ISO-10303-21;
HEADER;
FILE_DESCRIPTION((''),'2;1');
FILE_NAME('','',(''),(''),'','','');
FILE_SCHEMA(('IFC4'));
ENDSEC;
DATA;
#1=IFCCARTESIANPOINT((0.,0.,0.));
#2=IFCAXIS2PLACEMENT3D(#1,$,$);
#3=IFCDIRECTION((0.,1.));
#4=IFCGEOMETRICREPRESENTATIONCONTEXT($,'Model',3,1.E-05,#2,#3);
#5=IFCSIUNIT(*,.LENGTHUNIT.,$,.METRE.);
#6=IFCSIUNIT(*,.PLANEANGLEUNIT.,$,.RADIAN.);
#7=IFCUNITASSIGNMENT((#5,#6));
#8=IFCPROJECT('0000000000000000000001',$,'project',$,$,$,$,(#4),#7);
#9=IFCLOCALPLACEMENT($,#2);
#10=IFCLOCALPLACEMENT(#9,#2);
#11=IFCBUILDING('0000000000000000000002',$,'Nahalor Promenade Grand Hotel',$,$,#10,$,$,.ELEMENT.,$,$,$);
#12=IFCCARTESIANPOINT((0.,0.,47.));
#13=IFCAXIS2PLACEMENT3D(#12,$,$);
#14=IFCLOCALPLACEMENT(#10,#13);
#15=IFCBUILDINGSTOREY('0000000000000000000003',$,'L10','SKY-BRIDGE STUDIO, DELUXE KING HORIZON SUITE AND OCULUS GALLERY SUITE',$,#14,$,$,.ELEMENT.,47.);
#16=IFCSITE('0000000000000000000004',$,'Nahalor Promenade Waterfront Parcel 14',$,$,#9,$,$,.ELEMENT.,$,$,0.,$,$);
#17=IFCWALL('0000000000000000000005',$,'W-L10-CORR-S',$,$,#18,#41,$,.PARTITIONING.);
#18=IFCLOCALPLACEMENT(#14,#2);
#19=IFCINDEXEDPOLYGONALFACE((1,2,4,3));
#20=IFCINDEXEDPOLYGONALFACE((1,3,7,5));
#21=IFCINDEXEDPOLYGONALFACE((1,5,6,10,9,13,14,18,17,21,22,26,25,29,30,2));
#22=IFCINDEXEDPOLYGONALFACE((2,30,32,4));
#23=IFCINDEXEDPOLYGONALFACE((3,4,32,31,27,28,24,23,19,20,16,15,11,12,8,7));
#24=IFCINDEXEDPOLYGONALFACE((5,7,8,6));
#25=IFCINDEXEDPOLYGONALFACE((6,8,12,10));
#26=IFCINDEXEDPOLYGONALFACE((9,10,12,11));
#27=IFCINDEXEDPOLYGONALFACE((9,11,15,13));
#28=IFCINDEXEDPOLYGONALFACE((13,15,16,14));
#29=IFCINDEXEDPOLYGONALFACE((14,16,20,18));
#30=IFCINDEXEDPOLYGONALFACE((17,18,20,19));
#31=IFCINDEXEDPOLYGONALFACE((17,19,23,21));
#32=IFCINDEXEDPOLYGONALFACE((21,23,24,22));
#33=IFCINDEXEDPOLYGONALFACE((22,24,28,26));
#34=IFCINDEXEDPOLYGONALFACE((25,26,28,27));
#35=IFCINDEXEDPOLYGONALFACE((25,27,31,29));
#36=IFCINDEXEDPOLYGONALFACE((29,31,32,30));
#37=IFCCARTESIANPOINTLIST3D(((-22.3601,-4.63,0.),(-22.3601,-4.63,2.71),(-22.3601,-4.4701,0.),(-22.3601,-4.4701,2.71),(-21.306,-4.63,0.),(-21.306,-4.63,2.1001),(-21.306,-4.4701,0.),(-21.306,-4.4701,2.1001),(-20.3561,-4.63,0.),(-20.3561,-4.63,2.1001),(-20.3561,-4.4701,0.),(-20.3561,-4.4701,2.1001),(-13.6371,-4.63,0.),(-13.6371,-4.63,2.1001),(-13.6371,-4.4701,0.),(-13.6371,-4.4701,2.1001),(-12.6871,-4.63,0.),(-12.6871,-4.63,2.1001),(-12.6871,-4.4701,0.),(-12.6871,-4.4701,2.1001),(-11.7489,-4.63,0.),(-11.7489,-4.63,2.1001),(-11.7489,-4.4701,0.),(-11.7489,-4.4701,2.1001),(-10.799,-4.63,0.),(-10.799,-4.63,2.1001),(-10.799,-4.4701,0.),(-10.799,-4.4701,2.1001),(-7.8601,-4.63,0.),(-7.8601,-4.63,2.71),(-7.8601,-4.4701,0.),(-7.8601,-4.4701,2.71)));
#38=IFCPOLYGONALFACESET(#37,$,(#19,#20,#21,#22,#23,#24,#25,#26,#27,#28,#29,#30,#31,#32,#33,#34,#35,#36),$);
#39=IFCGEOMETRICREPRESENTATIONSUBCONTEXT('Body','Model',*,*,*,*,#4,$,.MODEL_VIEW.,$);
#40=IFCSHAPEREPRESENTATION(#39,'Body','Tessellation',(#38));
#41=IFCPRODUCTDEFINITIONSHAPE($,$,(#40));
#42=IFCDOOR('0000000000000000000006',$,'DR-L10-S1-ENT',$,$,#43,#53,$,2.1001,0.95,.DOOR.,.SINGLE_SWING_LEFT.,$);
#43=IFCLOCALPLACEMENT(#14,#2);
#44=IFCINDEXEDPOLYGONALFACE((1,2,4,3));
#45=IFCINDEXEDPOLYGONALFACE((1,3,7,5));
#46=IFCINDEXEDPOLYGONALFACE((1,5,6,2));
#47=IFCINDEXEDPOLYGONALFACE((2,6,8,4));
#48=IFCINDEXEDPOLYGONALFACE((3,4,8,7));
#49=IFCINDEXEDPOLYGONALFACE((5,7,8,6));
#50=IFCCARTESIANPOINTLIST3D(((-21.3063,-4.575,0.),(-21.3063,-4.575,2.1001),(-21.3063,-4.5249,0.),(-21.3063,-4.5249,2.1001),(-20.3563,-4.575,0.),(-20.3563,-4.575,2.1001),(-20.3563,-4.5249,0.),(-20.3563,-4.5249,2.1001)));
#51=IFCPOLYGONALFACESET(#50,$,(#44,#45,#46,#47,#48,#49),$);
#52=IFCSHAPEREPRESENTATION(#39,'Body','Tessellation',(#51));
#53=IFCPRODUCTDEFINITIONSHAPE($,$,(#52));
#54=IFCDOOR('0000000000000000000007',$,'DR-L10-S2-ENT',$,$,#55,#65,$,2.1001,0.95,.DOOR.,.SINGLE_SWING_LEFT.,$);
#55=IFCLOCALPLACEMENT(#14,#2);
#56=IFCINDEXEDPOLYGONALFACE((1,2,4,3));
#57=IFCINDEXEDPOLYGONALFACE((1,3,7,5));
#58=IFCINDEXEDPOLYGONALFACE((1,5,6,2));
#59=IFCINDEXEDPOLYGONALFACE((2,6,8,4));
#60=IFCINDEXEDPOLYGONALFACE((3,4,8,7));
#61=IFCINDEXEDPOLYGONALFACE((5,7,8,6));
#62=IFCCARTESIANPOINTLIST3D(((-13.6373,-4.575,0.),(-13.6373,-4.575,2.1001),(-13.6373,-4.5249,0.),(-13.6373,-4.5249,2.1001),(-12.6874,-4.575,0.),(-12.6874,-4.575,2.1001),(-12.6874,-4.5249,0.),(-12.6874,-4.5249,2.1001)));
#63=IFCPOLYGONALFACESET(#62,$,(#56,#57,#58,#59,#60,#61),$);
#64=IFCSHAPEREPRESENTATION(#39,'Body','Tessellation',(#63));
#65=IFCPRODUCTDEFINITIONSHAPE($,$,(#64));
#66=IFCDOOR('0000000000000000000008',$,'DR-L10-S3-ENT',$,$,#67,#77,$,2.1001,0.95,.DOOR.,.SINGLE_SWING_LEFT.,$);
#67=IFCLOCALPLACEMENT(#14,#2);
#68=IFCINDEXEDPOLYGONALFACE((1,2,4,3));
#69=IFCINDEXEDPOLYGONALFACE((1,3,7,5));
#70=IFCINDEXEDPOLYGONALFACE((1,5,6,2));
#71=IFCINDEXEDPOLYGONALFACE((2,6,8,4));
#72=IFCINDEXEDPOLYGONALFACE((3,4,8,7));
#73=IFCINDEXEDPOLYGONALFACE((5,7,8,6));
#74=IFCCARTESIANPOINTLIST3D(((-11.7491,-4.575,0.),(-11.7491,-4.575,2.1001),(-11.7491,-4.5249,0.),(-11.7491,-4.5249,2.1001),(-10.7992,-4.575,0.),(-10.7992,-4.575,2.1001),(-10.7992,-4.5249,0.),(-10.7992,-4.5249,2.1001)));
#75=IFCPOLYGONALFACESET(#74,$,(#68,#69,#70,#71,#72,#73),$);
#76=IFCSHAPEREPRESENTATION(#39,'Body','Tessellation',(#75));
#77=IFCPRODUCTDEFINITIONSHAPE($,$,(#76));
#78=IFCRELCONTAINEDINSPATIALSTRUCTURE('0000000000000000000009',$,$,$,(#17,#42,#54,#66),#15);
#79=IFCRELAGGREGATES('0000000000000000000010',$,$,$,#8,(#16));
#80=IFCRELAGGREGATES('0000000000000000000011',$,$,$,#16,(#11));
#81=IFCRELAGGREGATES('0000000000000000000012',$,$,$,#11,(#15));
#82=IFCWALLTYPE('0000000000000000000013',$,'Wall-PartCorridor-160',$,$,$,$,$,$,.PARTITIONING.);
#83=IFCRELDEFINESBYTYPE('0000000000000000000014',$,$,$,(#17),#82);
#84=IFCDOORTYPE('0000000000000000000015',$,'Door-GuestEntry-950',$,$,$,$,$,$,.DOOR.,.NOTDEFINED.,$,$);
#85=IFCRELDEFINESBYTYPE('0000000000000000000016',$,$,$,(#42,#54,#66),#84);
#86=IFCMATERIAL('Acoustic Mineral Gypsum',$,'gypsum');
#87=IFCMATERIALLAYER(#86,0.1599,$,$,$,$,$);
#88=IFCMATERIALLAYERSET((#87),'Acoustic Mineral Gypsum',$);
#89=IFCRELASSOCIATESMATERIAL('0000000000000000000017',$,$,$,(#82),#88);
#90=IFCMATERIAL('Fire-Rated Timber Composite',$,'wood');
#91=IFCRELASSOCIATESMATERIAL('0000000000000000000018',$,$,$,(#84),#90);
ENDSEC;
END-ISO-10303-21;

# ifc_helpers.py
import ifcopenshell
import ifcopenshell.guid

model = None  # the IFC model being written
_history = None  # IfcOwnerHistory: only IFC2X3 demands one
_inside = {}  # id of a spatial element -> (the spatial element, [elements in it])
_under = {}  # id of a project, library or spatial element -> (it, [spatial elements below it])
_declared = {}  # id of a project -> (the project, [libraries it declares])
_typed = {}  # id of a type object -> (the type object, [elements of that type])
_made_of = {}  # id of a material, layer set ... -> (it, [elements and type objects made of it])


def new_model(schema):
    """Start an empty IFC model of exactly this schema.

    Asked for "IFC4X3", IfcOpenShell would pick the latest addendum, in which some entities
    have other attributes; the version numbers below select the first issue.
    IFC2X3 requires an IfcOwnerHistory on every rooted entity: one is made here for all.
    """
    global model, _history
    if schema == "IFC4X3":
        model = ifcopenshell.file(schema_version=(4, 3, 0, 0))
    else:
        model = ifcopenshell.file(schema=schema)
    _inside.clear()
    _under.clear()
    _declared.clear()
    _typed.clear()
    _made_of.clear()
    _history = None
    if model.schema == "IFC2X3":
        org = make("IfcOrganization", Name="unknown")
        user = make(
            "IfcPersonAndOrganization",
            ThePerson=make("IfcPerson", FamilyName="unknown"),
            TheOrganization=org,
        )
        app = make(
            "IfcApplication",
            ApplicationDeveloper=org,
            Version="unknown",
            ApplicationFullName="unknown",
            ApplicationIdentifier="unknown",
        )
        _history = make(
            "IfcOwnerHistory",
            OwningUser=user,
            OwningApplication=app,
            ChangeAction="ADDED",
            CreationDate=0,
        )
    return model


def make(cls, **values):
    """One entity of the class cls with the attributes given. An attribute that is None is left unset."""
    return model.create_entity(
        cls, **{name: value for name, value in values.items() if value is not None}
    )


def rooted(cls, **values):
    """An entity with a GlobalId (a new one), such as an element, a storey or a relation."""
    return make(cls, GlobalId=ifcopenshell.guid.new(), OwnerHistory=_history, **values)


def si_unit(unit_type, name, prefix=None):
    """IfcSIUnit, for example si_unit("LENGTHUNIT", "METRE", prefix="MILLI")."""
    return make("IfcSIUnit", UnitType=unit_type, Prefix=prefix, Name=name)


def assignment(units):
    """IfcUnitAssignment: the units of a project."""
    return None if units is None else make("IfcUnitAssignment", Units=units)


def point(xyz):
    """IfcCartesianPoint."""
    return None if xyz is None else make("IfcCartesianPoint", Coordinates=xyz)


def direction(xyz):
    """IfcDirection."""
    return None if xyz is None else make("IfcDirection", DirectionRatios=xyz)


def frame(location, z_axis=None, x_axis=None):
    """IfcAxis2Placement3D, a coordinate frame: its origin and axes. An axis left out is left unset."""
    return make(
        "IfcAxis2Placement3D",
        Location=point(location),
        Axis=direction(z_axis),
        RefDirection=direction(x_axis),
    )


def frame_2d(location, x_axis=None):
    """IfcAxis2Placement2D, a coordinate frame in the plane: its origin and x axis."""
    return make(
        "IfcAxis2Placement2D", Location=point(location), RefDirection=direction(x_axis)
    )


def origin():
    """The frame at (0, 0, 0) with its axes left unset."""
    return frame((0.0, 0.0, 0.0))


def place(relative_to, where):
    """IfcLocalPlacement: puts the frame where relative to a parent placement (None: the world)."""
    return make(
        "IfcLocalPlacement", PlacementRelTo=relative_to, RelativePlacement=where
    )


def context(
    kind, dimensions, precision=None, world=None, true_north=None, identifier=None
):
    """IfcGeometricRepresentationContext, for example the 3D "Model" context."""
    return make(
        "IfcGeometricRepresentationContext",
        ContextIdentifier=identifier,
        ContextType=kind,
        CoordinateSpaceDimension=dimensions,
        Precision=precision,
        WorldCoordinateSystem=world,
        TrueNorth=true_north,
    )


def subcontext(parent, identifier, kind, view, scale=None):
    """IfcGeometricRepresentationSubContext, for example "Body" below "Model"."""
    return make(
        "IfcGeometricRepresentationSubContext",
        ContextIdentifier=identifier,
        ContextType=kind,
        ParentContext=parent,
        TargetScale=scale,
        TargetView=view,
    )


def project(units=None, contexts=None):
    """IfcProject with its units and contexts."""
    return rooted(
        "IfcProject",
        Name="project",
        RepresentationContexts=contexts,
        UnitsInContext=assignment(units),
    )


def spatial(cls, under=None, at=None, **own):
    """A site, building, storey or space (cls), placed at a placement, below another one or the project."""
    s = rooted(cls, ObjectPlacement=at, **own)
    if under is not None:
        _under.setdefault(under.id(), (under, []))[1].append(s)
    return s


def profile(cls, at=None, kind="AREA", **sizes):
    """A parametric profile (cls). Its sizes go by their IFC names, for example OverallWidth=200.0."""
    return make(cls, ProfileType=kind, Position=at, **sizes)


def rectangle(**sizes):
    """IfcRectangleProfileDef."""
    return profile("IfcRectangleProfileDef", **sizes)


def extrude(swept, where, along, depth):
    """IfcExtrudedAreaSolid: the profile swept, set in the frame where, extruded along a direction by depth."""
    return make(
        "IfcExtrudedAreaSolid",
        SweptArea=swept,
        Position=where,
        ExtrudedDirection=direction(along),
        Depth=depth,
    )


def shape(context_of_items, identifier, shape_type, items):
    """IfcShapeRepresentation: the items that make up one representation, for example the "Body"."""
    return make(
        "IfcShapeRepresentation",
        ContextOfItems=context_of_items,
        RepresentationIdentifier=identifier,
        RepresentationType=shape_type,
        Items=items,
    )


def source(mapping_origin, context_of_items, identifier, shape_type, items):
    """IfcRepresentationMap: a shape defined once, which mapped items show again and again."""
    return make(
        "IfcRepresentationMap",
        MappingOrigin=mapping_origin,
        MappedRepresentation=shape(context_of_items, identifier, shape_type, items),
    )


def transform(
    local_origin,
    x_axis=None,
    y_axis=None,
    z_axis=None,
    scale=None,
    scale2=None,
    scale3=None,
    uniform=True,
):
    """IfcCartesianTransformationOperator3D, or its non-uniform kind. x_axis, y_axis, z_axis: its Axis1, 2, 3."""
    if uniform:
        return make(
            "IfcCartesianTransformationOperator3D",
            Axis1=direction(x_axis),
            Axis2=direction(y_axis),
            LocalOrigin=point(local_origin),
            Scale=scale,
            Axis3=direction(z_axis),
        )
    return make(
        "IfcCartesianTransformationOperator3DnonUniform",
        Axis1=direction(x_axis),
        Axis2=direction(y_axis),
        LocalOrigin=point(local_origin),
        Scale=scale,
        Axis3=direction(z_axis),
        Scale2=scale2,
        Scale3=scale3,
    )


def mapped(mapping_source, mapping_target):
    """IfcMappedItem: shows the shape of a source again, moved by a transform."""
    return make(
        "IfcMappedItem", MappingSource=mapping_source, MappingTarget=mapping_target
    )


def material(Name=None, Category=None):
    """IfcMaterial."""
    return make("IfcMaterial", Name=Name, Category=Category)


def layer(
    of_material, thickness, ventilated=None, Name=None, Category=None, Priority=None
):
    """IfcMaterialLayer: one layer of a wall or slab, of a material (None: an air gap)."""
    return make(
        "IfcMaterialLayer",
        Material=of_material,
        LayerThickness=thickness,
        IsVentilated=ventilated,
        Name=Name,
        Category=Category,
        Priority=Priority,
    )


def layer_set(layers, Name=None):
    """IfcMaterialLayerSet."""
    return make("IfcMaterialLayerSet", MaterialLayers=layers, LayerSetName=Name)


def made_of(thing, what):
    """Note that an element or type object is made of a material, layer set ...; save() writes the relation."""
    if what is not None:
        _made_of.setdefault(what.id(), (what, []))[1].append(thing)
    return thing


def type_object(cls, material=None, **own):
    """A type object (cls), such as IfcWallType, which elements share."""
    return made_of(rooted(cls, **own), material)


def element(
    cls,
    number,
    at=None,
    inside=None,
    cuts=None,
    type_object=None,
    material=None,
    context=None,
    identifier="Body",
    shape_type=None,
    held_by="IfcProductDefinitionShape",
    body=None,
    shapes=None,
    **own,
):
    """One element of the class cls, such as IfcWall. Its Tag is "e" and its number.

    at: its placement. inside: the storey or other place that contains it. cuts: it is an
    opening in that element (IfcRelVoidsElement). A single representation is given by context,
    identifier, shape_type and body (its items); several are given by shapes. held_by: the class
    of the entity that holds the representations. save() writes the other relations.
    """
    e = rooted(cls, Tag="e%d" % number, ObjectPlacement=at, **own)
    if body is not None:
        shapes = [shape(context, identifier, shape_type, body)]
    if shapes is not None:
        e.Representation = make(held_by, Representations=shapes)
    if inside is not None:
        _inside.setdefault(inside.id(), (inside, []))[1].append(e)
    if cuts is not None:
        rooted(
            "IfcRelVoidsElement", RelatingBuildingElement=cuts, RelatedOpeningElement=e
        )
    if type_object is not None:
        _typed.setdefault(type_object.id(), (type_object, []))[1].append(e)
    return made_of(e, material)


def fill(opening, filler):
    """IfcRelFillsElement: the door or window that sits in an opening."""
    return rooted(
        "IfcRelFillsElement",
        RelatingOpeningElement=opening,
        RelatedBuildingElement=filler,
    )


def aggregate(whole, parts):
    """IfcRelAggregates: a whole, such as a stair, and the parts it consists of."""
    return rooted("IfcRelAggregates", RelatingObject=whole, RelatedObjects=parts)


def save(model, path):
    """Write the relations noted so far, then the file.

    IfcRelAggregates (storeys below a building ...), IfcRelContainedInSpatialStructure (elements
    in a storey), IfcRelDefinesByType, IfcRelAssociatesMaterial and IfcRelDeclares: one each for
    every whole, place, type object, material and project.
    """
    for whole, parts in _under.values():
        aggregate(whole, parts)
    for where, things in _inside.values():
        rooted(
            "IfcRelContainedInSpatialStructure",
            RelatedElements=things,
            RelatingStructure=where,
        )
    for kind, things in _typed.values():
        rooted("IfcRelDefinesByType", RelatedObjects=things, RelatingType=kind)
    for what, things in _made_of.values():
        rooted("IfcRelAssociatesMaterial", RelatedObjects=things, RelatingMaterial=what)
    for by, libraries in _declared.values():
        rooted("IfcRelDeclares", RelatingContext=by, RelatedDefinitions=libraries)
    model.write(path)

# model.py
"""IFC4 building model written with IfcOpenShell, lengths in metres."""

from ifc_helpers import new_model, si_unit, direction, frame, frame_2d, origin, place, context, subcontext, project, spatial, rectangle, extrude, source, transform, mapped, material, layer, layer_set, type_object, element, fill, save


model = new_model("IFC4")

# Units and contexts
model_context = context("Model", 3, precision=1e-05, world=origin(), true_north=direction((0.0, 1.0)))
body_context = subcontext(model_context, "Body", "Model", "MODEL_VIEW")
ifc_project = project(units=[si_unit("LENGTHUNIT", "METRE"), si_unit("PLANEANGLEUNIT", "RADIAN")], contexts=[model_context])

# Site, building, storey
site_placement = place(None, origin())
site = spatial("IfcSite", under=ifc_project, at=site_placement, Name="Nahalor Promenade Waterfront Parcel 14", CompositionType="ELEMENT", RefElevation=0.0)
building_placement = place(site_placement, origin())
building = spatial("IfcBuilding", under=site, at=building_placement, Name="Nahalor Promenade Grand Hotel", CompositionType="ELEMENT")
storey_placement = place(building_placement, frame((0.0, 0.0, 47.0)))
storey = spatial("IfcBuildingStorey", under=building, at=storey_placement, Name="L10", Description="SKY-BRIDGE STUDIO, DELUXE KING HORIZON SUITE AND OCULUS GALLERY SUITE", CompositionType="ELEMENT", Elevation=47.0)

# Wall, openings, doors
ifc_material_1 = material(Name="Acoustic Mineral Gypsum", Category="gypsum")
ifc_layer_1 = layer(ifc_material_1, 0.1599)
ifc_layer_set_1 = layer_set([ifc_layer_1], Name="Acoustic Mineral Gypsum")
wall_type = type_object("IfcWallType", Name="Wall-PartCorridor-160", PredefinedType="PARTITIONING", material=ifc_layer_set_1)
shared_shape_1 = source(origin(), body_context, "Body", "SweptSolid", [
    extrude(rectangle(XDim=14.5, YDim=0.1599, at=frame_2d((7.25, 0.0))), origin(), (0.0, 0.0, 1.0), 2.71),
])
wall_placement = place(storey_placement, frame((-22.3601, -4.55, 0.0), z_axis=(0.0, 0.0, 1.0), x_axis=(1.0, 0.0, 0.0)))
wall = element("IfcWall", 1, at=wall_placement, inside=storey, type_object=wall_type, Name="W-L10-CORR-S", PredefinedType="PARTITIONING", context=body_context, shape_type="MappedRepresentation", body=[
    mapped(shared_shape_1, transform((0.0, 0.0, 0.0), scale=1.0)),
])
opening_1_placement = place(wall_placement, frame((1.054, 0.0, 0.0)))
opening_1 = element("IfcOpeningElement", 2, at=opening_1_placement, cuts=wall, PredefinedType="OPENING", context=body_context, shape_type="SweptSolid", body=[
    extrude(rectangle(XDim=0.95, YDim=2.1001, at=frame_2d((0.4751, 1.05))), frame((0.0, 0.0898, 0.0), z_axis=(0.0, -1.0, 0.0), x_axis=(1.0, 0.0, 0.0)), (0.0, 0.0, 1.0), 0.1799),
])
opening_2_placement = place(wall_placement, frame((8.7229, 0.0, 0.0)))
opening_2 = element("IfcOpeningElement", 3, at=opening_2_placement, cuts=wall, PredefinedType="OPENING", context=body_context, shape_type="SweptSolid", body=[
    extrude(rectangle(XDim=0.95, YDim=2.1001, at=frame_2d((0.4751, 1.05))), frame((0.0, 0.0898, 0.0), z_axis=(0.0, -1.0, 0.0), x_axis=(1.0, 0.0, 0.0)), (0.0, 0.0, 1.0), 0.1799),
])
opening_3_placement = place(wall_placement, frame((10.6111, 0.0, 0.0)))
opening_3 = element("IfcOpeningElement", 4, at=opening_3_placement, cuts=wall, PredefinedType="OPENING", context=body_context, shape_type="SweptSolid", body=[
    extrude(rectangle(XDim=0.95, YDim=2.1001, at=frame_2d((0.4751, 1.05))), frame((0.0, 0.0898, 0.0), z_axis=(0.0, -1.0, 0.0), x_axis=(1.0, 0.0, 0.0)), (0.0, 0.0, 1.0), 0.1799),
])
ifc_material_2 = material(Name="Fire-Rated Timber Composite", Category="wood")
door_type = type_object("IfcDoorType", Name="Door-GuestEntry-950", OperationType="NOTDEFINED", PredefinedType="DOOR", material=ifc_material_2)
shared_shape_2 = source(origin(), body_context, "Body", "SweptSolid", [
    extrude(rectangle(XDim=0.95, YDim=2.1001, at=frame_2d((0.4751, 1.05))), frame((0.0, 0.0249, 0.0), z_axis=(0.0, -1.0, 0.0), x_axis=(1.0, 0.0, 0.0)), (0.0, 0.0, 1.0), 0.05),
])
door_1_placement = place(opening_1_placement, frame((0.95, 0.0, 0.0), z_axis=(0.0, 0.0, 1.0), x_axis=(-1.0, 0.0, 0.0)))
door_1 = element("IfcDoor", 5, at=door_1_placement, inside=storey, type_object=door_type, Name="DR-L10-S1-ENT", OperationType="SINGLE_SWING_LEFT", OverallHeight=2.1001, OverallWidth=0.95, PredefinedType="DOOR", context=body_context, shape_type="MappedRepresentation", body=[
    mapped(shared_shape_2, transform((0.0, 0.0, 0.0), scale=1.0)),
])
fill(opening_1, door_1)
door_2_placement = place(opening_2_placement, frame((0.95, 0.0, 0.0), z_axis=(0.0, 0.0, 1.0), x_axis=(-1.0, 0.0, 0.0)))
door_2 = element("IfcDoor", 6, at=door_2_placement, inside=storey, type_object=door_type, Name="DR-L10-S2-ENT", OperationType="SINGLE_SWING_LEFT", OverallHeight=2.1001, OverallWidth=0.95, PredefinedType="DOOR", context=body_context, shape_type="MappedRepresentation", body=[
    mapped(shared_shape_2, transform((0.0, 0.0, 0.0), scale=1.0)),
])
fill(opening_2, door_2)
door_3_placement = place(opening_3_placement, frame((0.95, 0.0, 0.0), z_axis=(0.0, 0.0, 1.0), x_axis=(-1.0, 0.0, 0.0)))
door_3 = element("IfcDoor", 7, at=door_3_placement, inside=storey, type_object=door_type, Name="DR-L10-S3-ENT", OperationType="SINGLE_SWING_LEFT", OverallHeight=2.1001, OverallWidth=0.95, PredefinedType="DOOR", context=body_context, shape_type="MappedRepresentation", body=[
    mapped(shared_shape_2, transform((0.0, 0.0, 0.0), scale=1.0)),
])
fill(opening_3, door_3)

save(model, "model.ifc")
